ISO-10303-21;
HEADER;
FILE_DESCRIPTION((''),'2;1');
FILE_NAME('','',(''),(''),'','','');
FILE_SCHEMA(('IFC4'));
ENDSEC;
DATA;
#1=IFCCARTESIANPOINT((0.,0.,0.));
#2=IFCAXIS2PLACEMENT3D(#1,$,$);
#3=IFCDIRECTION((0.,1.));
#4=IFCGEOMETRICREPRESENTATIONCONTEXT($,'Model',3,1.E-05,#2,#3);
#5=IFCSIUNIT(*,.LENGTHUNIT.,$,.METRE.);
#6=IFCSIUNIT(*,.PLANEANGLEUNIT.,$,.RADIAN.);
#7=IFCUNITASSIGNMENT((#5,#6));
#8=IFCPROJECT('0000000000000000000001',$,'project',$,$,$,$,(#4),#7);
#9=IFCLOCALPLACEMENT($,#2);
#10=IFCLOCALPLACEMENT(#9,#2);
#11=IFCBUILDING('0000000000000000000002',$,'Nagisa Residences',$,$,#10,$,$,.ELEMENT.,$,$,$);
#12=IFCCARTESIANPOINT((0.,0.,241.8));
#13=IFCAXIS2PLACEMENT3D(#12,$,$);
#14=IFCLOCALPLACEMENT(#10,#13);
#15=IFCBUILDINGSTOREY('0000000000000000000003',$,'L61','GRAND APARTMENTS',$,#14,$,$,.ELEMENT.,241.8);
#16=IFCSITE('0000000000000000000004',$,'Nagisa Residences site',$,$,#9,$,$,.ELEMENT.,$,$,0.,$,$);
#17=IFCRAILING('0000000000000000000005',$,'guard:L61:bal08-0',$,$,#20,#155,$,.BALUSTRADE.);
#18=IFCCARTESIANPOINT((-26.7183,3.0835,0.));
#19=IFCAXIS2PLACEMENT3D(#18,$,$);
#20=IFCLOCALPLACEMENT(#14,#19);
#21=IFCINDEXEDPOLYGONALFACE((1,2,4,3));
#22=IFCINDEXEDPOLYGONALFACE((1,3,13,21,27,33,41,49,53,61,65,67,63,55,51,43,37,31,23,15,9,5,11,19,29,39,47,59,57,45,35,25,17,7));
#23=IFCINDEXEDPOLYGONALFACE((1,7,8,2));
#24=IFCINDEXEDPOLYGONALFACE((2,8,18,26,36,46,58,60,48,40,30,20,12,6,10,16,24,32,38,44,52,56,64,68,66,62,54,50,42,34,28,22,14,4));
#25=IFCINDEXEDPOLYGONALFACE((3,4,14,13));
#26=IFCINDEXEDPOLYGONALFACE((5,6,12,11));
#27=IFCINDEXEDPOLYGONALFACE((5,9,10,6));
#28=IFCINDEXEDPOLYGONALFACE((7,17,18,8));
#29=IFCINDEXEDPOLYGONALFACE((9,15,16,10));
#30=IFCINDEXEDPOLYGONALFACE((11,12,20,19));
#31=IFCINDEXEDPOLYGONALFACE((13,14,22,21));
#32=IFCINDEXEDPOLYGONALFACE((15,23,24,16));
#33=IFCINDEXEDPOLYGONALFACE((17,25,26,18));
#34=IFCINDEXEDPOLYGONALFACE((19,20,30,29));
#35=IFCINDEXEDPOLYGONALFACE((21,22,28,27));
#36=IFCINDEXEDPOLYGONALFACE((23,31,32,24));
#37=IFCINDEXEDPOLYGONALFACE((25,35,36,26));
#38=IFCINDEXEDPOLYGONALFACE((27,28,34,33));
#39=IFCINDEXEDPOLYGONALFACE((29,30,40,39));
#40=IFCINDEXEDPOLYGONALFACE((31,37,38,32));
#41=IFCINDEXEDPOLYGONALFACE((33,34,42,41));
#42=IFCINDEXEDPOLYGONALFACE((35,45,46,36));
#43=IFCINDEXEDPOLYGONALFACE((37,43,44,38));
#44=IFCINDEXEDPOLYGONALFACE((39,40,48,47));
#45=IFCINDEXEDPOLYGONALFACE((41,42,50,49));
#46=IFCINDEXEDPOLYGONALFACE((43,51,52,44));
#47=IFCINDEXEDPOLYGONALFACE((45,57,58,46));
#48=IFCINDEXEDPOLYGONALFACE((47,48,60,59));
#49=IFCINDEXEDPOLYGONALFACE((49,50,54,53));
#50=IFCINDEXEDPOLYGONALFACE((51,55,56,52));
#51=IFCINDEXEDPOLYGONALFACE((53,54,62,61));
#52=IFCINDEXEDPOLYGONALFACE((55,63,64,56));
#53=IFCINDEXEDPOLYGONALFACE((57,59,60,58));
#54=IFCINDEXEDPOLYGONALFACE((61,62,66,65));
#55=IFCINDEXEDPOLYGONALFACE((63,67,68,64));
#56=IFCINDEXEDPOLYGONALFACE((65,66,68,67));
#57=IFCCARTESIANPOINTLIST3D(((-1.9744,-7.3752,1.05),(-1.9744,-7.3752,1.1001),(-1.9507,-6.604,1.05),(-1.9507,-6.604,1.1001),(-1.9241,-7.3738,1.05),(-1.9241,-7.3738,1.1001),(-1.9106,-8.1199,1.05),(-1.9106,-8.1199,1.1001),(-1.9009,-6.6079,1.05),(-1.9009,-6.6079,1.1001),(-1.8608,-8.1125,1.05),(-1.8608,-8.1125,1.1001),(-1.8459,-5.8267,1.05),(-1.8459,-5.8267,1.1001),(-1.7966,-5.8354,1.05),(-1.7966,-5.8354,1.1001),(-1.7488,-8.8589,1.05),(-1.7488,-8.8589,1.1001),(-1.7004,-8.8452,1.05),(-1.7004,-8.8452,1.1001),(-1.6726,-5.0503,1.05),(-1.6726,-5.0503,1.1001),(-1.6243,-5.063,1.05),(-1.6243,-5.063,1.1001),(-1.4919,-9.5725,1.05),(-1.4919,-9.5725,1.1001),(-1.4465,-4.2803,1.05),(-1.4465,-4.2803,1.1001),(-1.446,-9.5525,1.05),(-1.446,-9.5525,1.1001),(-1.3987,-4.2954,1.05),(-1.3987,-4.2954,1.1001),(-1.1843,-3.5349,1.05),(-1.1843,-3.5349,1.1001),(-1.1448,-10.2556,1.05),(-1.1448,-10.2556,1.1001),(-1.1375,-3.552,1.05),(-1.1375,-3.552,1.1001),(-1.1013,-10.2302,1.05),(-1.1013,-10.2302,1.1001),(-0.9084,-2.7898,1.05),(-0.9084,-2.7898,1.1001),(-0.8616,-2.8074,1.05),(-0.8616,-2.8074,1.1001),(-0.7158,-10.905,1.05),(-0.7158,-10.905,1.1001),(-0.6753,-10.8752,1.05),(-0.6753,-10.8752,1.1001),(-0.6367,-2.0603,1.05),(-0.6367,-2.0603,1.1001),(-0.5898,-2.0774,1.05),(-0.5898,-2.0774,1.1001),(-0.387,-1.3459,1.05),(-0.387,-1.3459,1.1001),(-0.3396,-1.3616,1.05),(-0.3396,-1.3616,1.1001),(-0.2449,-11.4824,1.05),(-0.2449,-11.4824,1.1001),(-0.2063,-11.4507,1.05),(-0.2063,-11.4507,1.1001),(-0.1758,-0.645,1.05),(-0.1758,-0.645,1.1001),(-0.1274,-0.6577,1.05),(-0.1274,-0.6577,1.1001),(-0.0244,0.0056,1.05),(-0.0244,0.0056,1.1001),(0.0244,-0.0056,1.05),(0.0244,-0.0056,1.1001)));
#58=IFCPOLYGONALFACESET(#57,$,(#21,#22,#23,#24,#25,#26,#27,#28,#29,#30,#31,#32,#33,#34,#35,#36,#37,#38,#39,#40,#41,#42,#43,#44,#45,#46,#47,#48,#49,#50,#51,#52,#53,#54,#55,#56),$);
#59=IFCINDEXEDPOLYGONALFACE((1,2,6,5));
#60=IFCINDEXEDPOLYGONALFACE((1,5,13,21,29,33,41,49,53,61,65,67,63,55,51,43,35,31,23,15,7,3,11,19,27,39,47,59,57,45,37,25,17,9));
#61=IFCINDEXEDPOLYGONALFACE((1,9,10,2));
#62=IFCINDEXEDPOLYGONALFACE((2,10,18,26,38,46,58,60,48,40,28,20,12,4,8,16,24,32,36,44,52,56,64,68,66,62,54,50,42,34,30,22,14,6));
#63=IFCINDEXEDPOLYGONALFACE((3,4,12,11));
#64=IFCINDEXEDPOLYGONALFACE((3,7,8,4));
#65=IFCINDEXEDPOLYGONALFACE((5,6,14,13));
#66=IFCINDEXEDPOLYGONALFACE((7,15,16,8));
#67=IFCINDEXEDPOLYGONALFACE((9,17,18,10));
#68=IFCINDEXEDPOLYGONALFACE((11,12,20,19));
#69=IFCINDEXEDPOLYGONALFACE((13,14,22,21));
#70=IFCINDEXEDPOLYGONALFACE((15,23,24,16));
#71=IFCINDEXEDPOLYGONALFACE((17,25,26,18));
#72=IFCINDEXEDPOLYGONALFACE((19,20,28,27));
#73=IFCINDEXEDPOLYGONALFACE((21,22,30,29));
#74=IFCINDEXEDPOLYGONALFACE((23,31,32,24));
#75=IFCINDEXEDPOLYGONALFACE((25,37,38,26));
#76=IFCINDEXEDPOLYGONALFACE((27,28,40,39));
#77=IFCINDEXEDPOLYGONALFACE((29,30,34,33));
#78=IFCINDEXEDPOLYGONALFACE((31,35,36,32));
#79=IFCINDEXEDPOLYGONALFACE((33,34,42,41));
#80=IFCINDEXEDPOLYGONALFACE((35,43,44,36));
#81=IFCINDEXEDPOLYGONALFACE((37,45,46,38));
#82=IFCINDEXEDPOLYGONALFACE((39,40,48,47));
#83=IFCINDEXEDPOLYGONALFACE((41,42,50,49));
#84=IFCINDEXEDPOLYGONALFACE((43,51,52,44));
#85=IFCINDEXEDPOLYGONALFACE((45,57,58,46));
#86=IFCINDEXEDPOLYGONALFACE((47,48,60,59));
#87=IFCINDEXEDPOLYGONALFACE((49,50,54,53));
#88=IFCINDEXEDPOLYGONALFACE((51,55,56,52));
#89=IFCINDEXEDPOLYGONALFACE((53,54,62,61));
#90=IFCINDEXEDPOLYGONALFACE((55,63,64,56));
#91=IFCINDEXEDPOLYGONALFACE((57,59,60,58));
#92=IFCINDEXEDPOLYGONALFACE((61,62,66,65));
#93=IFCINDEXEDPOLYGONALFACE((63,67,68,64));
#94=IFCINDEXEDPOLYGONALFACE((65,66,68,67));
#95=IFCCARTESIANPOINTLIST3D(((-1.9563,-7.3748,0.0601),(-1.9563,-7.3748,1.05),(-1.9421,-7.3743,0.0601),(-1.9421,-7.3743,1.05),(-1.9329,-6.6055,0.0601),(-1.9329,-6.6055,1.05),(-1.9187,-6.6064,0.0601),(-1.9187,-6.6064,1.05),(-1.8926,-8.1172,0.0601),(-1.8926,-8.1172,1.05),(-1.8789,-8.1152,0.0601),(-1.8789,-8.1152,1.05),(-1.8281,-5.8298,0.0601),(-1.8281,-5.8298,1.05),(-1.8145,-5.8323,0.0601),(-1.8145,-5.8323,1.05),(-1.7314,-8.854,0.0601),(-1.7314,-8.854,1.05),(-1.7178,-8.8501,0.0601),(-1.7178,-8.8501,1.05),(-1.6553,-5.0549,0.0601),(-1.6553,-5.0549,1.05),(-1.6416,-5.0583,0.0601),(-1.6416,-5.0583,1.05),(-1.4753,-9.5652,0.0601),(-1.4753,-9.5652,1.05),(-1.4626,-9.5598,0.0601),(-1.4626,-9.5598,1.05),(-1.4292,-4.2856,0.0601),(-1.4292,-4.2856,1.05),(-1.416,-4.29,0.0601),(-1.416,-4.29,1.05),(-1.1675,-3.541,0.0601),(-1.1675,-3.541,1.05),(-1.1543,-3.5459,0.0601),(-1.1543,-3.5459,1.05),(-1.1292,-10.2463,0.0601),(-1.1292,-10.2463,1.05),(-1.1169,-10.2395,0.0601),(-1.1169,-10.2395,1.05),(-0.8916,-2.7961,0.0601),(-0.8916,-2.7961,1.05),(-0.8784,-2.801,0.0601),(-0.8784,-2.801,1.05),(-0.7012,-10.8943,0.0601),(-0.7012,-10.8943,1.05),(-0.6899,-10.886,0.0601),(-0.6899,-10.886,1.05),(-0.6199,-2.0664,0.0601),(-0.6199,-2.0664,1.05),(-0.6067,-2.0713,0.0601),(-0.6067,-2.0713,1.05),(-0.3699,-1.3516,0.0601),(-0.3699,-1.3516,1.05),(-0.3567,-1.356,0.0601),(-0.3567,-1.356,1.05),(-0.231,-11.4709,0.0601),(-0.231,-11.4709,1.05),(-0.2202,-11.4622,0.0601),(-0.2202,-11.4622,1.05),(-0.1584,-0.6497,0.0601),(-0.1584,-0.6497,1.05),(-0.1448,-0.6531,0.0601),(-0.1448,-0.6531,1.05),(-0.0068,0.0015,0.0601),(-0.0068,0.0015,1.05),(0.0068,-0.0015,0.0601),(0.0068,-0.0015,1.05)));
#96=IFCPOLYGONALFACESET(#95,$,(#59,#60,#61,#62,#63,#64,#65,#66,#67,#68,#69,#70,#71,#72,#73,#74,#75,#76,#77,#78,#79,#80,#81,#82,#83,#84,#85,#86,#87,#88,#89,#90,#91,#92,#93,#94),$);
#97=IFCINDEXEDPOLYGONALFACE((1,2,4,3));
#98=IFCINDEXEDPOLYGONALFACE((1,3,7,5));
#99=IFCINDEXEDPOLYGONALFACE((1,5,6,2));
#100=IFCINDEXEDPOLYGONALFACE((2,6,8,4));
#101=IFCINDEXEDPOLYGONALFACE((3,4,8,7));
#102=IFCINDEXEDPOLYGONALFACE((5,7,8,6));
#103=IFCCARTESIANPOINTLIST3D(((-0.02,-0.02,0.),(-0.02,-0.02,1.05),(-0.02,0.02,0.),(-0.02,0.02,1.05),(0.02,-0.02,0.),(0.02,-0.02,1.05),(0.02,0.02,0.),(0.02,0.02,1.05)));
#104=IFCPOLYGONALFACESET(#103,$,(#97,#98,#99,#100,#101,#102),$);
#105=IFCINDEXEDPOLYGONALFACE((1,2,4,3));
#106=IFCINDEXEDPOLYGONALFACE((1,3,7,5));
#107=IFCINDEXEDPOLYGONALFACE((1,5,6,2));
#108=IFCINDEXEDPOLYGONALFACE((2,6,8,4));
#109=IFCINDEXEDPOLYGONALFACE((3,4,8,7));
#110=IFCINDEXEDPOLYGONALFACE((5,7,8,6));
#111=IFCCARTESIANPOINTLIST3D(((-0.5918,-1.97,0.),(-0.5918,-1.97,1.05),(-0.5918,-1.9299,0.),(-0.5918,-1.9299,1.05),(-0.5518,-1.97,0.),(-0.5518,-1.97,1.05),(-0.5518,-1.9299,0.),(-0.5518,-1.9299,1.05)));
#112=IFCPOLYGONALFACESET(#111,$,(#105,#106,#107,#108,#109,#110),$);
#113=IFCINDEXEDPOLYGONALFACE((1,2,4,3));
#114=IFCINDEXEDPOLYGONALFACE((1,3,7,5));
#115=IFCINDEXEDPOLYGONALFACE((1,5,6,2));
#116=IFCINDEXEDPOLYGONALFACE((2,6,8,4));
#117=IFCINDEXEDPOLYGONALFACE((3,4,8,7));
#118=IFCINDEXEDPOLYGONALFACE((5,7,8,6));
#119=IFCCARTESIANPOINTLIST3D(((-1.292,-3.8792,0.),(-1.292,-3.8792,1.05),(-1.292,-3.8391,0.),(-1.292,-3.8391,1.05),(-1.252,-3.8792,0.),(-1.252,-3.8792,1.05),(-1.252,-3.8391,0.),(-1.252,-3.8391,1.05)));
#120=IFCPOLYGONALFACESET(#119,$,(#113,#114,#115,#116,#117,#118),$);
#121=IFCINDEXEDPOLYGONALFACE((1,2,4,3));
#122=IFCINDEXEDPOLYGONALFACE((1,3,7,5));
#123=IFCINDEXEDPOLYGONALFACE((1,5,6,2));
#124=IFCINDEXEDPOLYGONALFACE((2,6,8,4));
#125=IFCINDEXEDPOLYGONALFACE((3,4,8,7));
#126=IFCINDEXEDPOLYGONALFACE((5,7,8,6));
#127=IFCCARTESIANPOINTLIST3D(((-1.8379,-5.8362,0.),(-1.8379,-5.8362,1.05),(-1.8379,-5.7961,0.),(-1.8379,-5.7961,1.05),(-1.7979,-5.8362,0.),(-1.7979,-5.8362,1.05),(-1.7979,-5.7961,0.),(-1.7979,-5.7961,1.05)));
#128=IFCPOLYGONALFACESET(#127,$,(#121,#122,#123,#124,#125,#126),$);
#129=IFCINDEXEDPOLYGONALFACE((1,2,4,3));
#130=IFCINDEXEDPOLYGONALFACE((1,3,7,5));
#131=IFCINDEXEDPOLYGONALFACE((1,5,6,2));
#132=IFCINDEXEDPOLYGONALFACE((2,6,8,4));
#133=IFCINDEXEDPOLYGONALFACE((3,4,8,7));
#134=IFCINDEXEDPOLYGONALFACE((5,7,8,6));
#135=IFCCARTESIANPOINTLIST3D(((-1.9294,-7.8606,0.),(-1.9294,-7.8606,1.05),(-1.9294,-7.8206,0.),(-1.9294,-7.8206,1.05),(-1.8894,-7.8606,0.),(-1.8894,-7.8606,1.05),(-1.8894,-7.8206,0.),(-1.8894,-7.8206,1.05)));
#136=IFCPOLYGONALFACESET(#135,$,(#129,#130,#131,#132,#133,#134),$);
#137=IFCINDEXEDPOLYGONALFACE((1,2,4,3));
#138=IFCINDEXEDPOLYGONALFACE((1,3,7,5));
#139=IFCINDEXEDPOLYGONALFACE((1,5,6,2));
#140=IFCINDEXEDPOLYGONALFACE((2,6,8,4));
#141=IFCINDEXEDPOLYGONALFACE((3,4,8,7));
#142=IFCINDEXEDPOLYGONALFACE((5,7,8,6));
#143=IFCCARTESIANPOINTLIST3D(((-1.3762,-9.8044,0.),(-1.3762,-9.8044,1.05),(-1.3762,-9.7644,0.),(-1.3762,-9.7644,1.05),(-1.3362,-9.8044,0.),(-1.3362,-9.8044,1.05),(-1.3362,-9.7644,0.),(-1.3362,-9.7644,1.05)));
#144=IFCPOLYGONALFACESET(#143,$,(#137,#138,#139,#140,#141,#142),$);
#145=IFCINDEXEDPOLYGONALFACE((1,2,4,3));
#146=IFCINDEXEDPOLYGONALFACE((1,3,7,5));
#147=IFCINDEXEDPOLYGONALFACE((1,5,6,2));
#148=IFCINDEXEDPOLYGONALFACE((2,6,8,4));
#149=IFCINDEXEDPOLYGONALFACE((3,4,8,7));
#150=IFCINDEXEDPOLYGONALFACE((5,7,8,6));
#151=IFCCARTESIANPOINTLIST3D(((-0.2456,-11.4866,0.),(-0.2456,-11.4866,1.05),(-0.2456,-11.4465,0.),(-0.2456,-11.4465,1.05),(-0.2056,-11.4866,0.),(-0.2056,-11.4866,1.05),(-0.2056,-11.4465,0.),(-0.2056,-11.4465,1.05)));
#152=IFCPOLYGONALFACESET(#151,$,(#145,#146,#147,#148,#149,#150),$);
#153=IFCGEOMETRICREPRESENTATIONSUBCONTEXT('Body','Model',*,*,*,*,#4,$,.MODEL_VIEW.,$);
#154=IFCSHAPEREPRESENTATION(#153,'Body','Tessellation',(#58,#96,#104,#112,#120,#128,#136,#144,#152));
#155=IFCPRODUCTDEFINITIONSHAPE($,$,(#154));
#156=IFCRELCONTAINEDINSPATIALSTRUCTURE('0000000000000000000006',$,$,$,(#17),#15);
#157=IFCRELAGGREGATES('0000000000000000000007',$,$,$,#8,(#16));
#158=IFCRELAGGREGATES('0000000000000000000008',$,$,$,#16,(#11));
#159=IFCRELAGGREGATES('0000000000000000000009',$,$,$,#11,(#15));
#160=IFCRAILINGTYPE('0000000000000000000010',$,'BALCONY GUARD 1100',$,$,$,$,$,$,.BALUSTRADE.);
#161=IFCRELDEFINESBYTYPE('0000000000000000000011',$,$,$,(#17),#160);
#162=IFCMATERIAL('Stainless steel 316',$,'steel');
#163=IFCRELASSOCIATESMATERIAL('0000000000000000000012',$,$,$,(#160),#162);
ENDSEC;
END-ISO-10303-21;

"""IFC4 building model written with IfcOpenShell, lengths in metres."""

from ifc_helpers import new_model, si_unit, direction, frame, origin, origin_2d, place, context, subcontext, project, spatial, polyline, rectangle, outline, extrude, material, type_object, element, save


model = new_model("IFC4")

# Units and contexts
model_context = context("Model", 3, precision=1e-05, world=origin(), true_north=direction((0.0, 1.0)))
body_context = subcontext(model_context, "Body", "Model", "MODEL_VIEW")
ifc_project = project(units=[si_unit("LENGTHUNIT", "METRE"), si_unit("PLANEANGLEUNIT", "RADIAN")], contexts=[model_context])

# Site, building, storey
site_placement = place(None, origin())
site = spatial("IfcSite", under=ifc_project, at=site_placement, Name="Nagisa Residences site", CompositionType="ELEMENT", RefElevation=0.0)
building_placement = place(site_placement, origin())
building = spatial("IfcBuilding", under=site, at=building_placement, Name="Nagisa Residences", CompositionType="ELEMENT")
storey_placement = place(building_placement, frame((0.0, 0.0, 241.8)))
storey = spatial("IfcBuildingStorey", under=building, at=storey_placement, Name="L61", Description="GRAND APARTMENTS", CompositionType="ELEMENT", Elevation=241.8)

# Railing
ifc_material_1 = material(Name="Stainless steel 316", Category="steel")
railing_type = type_object("IfcRailingType", Name="BALCONY GUARD 1100", PredefinedType="BALUSTRADE", material=ifc_material_1)
railing_placement = place(storey_placement, frame((-26.7183, 3.0835, 0.0)))
element("IfcRailing", 1, at=railing_placement, inside=storey, type_object=railing_type, Name="guard:L61:bal08-0", PredefinedType="BALUSTRADE", context=body_context, shape_type="SweptSolid", body=[
    extrude(outline(polyline([(-0.1274, -0.6577), (0.0244, -0.0056), (-0.0244, 0.0056), (-0.1758, -0.645), (-0.387, -1.3459), (-0.6367, -2.0603), (-0.9084, -2.7898), (-1.1843, -3.5349), (-1.4465, -4.2803), (-1.6726, -5.0503), (-1.8459, -5.8267), (-1.9507, -6.604), (-1.9744, -7.3752), (-1.9106, -8.1199), (-1.7488, -8.8589), (-1.4919, -9.5725), (-1.1448, -10.2556), (-0.7158, -10.905), (-0.2449, -11.4824), (-0.2063, -11.4507), (-0.6753, -10.8752), (-1.1013, -10.2302), (-1.446, -9.5525), (-1.7004, -8.8452), (-1.8608, -8.1125), (-1.9241, -7.3738), (-1.9009, -6.6079), (-1.7966, -5.8354), (-1.6243, -5.063), (-1.3987, -4.2954), (-1.1375, -3.552), (-0.8616, -2.8074), (-0.5898, -2.0774), (-0.3396, -1.3616), (-0.1274, -0.6577)])), frame((0.0, 0.0, 1.05)), (0.0, 0.0, 1.0), 0.05),
    extrude(outline(polyline([(-0.1448, -0.6531), (0.0068, -0.0015), (-0.0068, 0.0015), (-0.1584, -0.6497), (-0.3699, -1.3516), (-0.6199, -2.0664), (-0.8916, -2.7961), (-1.1675, -3.541), (-1.4292, -4.2856), (-1.6553, -5.0549), (-1.8281, -5.8298), (-1.9329, -6.6055), (-1.9563, -7.3748), (-1.8926, -8.1172), (-1.7314, -8.854), (-1.4753, -9.5652), (-1.1292, -10.2463), (-0.7012, -10.8943), (-0.231, -11.4709), (-0.2202, -11.4622), (-0.6899, -10.886), (-1.1169, -10.2395), (-1.4626, -9.5598), (-1.7178, -8.8501), (-1.8789, -8.1152), (-1.9421, -7.3743), (-1.9187, -6.6064), (-1.8145, -5.8323), (-1.6416, -5.0583), (-1.416, -4.29), (-1.1543, -3.5459), (-0.8784, -2.801), (-0.6067, -2.0713), (-0.3567, -1.356), (-0.1448, -0.6531)])), frame((0.0, 0.0, 0.0601)), (0.0, 0.0, 1.0), 0.99),
    extrude(rectangle(XDim=0.04, YDim=0.04, at=origin_2d()), origin(), (0.0, 0.0, 1.0), 1.05),
    extrude(rectangle(XDim=0.04, YDim=0.04, at=origin_2d()), frame((-0.5718, -1.95, 0.0)), (0.0, 0.0, 1.0), 1.05),
    extrude(rectangle(XDim=0.04, YDim=0.04, at=origin_2d()), frame((-1.272, -3.8591, 0.0)), (0.0, 0.0, 1.0), 1.05),
    extrude(rectangle(XDim=0.04, YDim=0.04, at=origin_2d()), frame((-1.8179, -5.8162, 0.0)), (0.0, 0.0, 1.0), 1.05),
    extrude(rectangle(XDim=0.04, YDim=0.04, at=origin_2d()), frame((-1.9094, -7.8406, 0.0)), (0.0, 0.0, 1.0), 1.05),
    extrude(rectangle(XDim=0.04, YDim=0.04, at=origin_2d()), frame((-1.3562, -9.7844, 0.0)), (0.0, 0.0, 1.0), 1.05),
    extrude(rectangle(XDim=0.04, YDim=0.04, at=origin_2d()), frame((-0.2256, -11.4666, 0.0)), (0.0, 0.0, 1.0), 1.05),
])

save(model, "model.ifc")
